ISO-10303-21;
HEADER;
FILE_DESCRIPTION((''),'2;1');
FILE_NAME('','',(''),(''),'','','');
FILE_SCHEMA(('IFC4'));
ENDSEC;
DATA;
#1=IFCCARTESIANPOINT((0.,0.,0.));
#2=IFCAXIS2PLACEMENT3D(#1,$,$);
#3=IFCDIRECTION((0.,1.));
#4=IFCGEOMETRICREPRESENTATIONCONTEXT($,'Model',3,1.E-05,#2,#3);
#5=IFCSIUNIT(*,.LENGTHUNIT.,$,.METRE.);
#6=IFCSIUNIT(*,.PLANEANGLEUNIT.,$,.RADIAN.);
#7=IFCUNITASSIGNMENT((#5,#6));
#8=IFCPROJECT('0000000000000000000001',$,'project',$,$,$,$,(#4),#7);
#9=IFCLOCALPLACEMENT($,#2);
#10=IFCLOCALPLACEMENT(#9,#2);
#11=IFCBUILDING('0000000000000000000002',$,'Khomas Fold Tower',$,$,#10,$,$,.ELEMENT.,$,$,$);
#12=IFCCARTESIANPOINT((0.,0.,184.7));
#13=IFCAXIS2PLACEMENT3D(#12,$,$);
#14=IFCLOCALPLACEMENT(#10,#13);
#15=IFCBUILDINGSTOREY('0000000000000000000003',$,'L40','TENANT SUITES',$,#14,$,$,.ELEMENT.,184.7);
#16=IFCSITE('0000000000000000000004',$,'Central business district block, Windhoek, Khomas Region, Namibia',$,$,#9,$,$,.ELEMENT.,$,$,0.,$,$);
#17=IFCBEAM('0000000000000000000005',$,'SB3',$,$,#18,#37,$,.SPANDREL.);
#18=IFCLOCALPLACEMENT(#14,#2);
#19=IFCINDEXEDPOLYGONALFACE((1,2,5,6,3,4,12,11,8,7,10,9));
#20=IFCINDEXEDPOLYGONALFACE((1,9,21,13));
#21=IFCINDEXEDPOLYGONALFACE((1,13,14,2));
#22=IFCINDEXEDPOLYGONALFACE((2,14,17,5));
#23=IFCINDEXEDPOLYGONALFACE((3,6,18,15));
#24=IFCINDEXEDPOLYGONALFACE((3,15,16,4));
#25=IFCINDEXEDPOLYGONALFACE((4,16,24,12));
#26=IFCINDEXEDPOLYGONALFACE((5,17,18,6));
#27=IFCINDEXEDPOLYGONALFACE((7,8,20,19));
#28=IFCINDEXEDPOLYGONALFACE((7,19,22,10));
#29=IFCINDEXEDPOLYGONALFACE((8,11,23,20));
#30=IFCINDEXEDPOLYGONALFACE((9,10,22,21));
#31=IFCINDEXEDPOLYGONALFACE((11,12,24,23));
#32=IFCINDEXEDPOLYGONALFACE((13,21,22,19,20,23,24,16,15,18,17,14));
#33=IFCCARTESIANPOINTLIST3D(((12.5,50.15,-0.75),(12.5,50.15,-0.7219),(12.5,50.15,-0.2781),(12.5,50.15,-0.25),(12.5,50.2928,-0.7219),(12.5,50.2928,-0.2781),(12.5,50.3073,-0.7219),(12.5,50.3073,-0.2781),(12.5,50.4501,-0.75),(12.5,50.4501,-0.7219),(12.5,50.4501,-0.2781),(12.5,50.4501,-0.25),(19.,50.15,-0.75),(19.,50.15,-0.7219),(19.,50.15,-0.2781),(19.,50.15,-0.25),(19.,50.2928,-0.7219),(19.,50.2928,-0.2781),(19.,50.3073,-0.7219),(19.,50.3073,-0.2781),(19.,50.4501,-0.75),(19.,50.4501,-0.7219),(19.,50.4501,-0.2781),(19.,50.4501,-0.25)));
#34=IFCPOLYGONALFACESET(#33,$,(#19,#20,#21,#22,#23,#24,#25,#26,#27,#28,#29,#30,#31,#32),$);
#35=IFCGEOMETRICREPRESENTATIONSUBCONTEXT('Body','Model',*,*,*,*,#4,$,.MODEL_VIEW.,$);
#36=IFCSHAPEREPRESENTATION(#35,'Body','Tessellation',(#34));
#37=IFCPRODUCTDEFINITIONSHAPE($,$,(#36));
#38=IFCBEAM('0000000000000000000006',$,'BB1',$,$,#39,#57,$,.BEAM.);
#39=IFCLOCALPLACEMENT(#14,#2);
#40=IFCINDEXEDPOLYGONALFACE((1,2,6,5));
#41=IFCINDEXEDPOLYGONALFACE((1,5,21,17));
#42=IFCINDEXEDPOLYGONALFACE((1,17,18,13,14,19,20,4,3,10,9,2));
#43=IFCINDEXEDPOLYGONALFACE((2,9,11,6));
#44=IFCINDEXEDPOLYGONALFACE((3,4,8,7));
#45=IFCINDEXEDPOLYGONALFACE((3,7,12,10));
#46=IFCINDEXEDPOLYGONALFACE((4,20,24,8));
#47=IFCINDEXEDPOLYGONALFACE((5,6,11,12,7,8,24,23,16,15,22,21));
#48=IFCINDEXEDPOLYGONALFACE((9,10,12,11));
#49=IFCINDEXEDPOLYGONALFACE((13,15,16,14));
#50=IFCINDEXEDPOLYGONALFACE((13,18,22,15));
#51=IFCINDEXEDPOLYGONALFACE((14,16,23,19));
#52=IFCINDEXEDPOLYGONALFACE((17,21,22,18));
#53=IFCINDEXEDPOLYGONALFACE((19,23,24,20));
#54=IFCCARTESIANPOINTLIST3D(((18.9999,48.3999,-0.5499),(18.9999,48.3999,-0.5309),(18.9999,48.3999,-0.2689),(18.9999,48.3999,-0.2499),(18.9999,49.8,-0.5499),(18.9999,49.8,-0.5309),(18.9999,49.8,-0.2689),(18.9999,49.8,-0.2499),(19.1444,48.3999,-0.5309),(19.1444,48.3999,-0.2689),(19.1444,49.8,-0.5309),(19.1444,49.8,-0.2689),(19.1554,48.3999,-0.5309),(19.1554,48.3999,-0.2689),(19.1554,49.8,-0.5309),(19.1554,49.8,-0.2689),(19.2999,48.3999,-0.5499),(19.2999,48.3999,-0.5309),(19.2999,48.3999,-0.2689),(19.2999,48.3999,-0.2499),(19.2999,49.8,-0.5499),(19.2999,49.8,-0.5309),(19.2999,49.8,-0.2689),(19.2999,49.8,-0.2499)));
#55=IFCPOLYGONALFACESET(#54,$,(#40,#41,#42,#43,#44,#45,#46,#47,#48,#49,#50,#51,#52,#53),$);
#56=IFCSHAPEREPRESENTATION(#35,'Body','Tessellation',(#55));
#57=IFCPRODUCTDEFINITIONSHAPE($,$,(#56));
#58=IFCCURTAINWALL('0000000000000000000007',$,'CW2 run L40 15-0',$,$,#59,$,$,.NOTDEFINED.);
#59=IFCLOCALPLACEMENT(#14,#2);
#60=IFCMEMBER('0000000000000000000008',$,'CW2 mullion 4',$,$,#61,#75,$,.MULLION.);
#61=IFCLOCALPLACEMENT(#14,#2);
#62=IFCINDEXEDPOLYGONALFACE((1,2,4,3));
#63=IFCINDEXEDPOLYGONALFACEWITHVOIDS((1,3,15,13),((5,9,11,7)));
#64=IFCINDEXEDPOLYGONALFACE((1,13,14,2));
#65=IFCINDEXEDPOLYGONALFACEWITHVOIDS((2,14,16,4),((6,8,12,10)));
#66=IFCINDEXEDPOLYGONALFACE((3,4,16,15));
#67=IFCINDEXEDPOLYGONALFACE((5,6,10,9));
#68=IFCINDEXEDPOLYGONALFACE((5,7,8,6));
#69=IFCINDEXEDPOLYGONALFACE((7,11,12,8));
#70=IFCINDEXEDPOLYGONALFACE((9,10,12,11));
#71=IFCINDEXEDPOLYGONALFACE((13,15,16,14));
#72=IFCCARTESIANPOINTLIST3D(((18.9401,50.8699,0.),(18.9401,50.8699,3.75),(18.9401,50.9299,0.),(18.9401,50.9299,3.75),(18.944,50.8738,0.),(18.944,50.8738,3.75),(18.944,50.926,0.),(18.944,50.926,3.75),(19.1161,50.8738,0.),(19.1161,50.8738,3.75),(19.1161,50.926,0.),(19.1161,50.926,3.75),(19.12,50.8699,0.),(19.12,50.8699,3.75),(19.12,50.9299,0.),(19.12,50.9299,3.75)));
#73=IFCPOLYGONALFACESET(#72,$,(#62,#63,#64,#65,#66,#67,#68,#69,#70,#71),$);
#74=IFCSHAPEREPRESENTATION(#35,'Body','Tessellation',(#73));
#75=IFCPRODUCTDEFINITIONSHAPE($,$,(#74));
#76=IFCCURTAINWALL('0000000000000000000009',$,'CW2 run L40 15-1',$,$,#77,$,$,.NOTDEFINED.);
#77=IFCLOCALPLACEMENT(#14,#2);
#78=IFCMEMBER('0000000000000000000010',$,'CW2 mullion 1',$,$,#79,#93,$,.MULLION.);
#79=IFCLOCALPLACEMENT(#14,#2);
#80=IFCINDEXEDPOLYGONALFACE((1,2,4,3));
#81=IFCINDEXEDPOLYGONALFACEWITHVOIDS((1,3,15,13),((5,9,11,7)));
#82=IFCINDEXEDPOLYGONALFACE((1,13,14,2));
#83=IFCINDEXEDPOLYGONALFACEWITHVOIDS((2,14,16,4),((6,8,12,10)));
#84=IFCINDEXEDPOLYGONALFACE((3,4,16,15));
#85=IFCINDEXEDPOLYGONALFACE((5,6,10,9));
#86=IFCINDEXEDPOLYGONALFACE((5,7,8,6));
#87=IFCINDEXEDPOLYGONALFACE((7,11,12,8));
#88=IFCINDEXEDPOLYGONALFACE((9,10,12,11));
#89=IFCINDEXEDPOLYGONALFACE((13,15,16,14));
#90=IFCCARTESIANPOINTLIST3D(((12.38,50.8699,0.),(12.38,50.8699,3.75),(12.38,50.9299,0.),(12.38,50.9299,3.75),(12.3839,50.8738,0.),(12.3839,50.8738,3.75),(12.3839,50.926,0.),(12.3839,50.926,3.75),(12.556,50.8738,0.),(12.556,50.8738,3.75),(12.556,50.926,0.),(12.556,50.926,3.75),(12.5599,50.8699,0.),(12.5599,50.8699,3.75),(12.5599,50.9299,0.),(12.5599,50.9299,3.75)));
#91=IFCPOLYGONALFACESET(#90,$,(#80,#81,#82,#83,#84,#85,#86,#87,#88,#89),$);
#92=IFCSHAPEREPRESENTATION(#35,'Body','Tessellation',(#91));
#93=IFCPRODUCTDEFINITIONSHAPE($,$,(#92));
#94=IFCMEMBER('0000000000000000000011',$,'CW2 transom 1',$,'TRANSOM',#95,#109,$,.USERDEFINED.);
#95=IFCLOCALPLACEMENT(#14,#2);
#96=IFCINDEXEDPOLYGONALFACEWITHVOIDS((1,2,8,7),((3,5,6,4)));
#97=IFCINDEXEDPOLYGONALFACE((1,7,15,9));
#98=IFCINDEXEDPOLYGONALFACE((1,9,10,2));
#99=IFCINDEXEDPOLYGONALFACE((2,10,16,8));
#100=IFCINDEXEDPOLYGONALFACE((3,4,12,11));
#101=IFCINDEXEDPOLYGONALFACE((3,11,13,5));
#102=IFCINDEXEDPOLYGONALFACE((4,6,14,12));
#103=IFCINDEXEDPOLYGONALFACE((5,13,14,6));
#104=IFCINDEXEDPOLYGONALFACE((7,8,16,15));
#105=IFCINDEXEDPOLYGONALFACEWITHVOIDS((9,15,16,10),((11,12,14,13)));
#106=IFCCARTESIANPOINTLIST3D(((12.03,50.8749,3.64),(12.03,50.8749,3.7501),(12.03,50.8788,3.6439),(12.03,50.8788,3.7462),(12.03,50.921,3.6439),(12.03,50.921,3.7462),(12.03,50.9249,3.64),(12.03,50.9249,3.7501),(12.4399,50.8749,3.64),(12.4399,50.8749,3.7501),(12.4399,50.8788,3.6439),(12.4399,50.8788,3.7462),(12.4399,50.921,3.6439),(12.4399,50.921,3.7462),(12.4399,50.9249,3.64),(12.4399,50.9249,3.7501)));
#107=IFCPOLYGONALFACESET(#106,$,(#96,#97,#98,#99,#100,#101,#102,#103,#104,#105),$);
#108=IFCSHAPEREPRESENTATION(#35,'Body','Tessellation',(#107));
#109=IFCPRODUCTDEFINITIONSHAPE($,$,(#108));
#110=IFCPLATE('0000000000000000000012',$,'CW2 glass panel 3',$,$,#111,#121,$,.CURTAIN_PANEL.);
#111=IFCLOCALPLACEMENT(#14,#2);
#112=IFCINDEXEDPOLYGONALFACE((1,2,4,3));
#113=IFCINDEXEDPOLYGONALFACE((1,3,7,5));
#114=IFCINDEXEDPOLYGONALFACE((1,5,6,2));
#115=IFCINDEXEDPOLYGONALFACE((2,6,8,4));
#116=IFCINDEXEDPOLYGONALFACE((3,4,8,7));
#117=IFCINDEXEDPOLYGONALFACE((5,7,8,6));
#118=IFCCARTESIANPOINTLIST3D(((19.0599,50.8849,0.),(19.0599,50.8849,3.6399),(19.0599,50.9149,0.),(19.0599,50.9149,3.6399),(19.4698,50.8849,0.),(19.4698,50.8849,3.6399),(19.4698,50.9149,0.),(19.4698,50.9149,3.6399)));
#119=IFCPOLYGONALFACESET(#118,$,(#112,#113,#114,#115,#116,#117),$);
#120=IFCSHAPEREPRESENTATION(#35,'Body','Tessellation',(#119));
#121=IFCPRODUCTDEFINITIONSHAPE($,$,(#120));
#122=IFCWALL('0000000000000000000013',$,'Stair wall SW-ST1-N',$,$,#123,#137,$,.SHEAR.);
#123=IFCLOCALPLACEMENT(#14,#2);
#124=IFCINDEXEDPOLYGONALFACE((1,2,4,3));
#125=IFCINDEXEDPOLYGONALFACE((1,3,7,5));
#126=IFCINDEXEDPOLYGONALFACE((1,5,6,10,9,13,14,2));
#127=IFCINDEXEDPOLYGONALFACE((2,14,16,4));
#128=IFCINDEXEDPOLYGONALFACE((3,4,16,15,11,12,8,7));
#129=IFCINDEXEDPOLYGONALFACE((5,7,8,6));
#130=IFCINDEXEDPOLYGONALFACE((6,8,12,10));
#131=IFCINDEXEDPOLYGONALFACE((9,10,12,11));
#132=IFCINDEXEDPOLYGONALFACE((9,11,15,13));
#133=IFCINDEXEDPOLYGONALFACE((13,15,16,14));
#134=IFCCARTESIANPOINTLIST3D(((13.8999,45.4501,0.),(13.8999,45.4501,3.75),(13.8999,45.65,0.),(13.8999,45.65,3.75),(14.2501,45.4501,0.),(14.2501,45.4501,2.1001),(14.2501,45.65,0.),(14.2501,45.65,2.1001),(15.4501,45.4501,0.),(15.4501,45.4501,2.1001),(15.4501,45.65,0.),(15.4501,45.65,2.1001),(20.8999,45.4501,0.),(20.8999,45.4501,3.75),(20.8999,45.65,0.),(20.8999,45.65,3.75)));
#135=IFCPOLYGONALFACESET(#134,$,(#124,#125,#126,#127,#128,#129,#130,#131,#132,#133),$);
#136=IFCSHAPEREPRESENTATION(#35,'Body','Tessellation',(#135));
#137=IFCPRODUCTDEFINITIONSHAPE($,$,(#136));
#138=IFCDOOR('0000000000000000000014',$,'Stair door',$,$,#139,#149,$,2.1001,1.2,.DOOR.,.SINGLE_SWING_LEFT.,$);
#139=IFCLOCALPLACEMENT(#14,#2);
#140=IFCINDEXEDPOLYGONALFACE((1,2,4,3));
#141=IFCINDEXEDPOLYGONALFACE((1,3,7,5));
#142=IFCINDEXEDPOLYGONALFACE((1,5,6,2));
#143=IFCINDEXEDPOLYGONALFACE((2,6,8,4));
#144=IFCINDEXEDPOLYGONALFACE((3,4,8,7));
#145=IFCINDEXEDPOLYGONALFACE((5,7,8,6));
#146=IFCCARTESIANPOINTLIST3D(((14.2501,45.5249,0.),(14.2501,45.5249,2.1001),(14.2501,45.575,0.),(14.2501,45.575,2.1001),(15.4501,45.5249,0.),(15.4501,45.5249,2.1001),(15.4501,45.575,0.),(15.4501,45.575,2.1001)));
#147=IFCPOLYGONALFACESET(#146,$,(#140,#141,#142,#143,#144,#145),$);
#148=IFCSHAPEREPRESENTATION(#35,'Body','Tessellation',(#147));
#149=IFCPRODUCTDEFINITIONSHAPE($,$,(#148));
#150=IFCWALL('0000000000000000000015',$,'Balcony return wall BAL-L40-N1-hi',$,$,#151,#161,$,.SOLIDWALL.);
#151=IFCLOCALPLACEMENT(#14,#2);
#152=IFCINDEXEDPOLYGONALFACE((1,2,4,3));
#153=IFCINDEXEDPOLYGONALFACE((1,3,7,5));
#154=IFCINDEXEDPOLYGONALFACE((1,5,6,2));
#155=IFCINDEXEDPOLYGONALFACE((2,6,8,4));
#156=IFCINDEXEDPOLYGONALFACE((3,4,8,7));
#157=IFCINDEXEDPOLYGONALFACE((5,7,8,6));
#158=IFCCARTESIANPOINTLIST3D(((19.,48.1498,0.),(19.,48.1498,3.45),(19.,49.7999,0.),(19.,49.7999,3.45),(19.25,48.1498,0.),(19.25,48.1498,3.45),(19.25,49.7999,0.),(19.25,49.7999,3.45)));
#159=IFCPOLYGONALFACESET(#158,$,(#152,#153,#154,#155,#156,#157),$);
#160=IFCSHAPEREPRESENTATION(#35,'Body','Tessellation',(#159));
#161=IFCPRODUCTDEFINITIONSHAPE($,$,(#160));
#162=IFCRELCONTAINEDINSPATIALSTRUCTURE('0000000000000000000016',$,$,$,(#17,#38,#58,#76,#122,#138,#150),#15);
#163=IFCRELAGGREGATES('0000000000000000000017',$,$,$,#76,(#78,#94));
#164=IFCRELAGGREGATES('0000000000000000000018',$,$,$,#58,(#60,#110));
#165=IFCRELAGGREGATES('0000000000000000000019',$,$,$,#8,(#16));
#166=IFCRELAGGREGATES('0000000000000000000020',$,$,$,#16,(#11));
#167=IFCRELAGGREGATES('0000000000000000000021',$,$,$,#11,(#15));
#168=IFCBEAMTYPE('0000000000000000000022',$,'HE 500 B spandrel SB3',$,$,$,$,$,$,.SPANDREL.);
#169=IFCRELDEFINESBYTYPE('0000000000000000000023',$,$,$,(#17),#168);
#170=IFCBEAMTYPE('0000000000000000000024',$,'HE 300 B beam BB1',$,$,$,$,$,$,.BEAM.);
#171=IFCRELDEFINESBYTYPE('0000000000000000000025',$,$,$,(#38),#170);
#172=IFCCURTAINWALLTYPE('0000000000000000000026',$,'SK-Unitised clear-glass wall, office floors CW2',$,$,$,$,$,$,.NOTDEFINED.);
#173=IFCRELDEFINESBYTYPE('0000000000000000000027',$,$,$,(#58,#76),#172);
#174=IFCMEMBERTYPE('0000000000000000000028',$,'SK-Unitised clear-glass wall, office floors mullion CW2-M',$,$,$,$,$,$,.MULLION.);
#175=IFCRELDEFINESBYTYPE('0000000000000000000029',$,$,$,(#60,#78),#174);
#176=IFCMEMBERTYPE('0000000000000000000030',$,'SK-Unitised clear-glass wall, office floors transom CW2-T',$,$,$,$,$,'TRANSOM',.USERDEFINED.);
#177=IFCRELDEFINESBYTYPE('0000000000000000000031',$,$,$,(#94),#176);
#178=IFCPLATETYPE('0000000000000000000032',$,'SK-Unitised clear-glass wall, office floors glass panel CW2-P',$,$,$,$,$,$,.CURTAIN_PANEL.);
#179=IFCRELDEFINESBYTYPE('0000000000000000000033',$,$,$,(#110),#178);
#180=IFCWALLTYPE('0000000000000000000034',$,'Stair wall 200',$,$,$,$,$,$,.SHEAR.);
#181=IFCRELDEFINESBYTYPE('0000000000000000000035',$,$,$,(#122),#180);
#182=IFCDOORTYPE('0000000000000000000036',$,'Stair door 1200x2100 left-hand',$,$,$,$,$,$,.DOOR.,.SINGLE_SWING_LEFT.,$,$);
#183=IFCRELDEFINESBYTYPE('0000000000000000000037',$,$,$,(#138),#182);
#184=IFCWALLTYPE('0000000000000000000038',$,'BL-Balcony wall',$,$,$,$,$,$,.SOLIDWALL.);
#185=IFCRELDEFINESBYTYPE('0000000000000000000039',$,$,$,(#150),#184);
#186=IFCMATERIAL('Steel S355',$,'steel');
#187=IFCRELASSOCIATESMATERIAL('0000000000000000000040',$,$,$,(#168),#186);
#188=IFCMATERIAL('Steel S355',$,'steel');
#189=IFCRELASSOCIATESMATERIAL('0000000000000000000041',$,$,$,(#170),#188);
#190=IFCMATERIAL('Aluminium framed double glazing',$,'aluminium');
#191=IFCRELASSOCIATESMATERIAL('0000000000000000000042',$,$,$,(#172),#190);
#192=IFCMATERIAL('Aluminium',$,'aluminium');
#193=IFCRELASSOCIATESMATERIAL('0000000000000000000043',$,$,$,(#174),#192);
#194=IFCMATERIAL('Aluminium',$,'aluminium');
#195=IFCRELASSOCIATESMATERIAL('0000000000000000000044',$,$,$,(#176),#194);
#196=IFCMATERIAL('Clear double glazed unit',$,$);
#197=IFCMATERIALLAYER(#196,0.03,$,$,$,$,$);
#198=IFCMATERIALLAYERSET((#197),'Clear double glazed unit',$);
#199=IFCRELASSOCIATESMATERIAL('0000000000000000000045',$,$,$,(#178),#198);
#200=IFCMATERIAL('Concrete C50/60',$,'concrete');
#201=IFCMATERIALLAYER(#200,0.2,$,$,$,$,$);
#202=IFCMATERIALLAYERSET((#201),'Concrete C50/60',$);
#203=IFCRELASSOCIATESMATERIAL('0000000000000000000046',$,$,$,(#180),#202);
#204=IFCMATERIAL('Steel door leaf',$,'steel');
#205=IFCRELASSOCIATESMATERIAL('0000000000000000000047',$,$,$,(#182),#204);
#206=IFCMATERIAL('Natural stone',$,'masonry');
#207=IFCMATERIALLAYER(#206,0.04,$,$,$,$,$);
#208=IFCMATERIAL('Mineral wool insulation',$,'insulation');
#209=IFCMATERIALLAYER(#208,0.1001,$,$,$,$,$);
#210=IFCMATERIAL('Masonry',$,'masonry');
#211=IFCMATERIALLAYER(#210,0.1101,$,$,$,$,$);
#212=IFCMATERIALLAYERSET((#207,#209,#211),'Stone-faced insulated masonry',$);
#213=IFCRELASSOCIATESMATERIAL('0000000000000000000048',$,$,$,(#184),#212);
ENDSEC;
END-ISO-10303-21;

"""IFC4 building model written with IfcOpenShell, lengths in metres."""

from ifc_helpers import new_model, si_unit, direction, frame, frame_2d, origin, origin_2d, place, context, subcontext, project, spatial, rectangle, hollow_rectangle, i_section, extrude, source, transform, mapped, material, layer, layer_set, material_profile, profile_set, type_object, element, fill, aggregate, save


model = new_model("IFC4")

# Units and contexts
model_context = context("Model", 3, precision=1e-05, world=origin(), true_north=direction((0.0, 1.0)))
body_context = subcontext(model_context, "Body", "Model", "MODEL_VIEW")
ifc_project = project(units=[si_unit("LENGTHUNIT", "METRE"), si_unit("PLANEANGLEUNIT", "RADIAN")], contexts=[model_context])

# Site, building, storey
site_placement = place(None, origin())
site = spatial("IfcSite", under=ifc_project, at=site_placement, Name="Central business district block, Windhoek, Khomas Region, Namibia", CompositionType="ELEMENT", RefElevation=0.0)
building_placement = place(site_placement, origin())
building = spatial("IfcBuilding", under=site, at=building_placement, Name="Khomas Fold Tower", CompositionType="ELEMENT")
storey_placement = place(building_placement, frame((0.0, 0.0, 184.7)))
storey = spatial("IfcBuildingStorey", under=building, at=storey_placement, Name="L40", Description="TENANT SUITES", CompositionType="ELEMENT", Elevation=184.7)

# Beams
ifc_material_1 = material(Name="Steel S355", Category="steel")
ifc_material_profile_1 = material_profile(ifc_material_1, i_section(OverallWidth=0.3, OverallDepth=0.5, WebThickness=0.0144, FlangeThickness=0.0281, at=origin_2d()), Name="HE 500 B")
ifc_profile_set_1 = profile_set([ifc_material_profile_1], Name="Steel S355")
beam_type_1 = type_object("IfcBeamType", Name="HE 500 B spandrel SB3", PredefinedType="SPANDREL", material=ifc_profile_set_1)
shared_shape_1 = source(origin(), body_context, "Body", "SweptSolid", [
    extrude(i_section(OverallWidth=0.3, OverallDepth=0.5, WebThickness=0.0144, FlangeThickness=0.0281, at=origin_2d()), origin(), (0.0, 0.0, 1.0), 6.5),
])
beam_1_placement = place(storey_placement, frame((12.5, 50.3, -0.5), z_axis=(1.0, 0.0, 0.0), x_axis=(0.0, 1.0, 0.0)))
element("IfcBeam", 1, at=beam_1_placement, inside=storey, type_object=beam_type_1, Name="SB3", PredefinedType="SPANDREL", context=body_context, shape_type="MappedRepresentation", body=[
    mapped(shared_shape_1, transform((0.0, 0.0, 0.0))),
])
ifc_material_2 = material(Name="Steel S355", Category="steel")
ifc_material_profile_2 = material_profile(ifc_material_2, i_section(OverallWidth=0.3, OverallDepth=0.3, WebThickness=0.011, FlangeThickness=0.019, at=origin_2d()), Name="HE 300 B")
ifc_profile_set_2 = profile_set([ifc_material_profile_2], Name="Steel S355")
beam_type_2 = type_object("IfcBeamType", Name="HE 300 B beam BB1", PredefinedType="BEAM", material=ifc_profile_set_2)
shared_shape_2 = source(origin(), body_context, "Body", "SweptSolid", [
    extrude(i_section(OverallWidth=0.3, OverallDepth=0.3, WebThickness=0.011, FlangeThickness=0.019, at=origin_2d()), origin(), (0.0, 0.0, 1.0), 1.4001),
])
beam_2_placement = place(storey_placement, frame((19.1499, 48.3999, -0.3999), z_axis=(0.0, 1.0, 0.0), x_axis=(-1.0, 0.0, 0.0)))
element("IfcBeam", 2, at=beam_2_placement, inside=storey, type_object=beam_type_2, Name="BB1", PredefinedType="BEAM", context=body_context, shape_type="MappedRepresentation", body=[
    mapped(shared_shape_2, transform((0.0, 0.0, 0.0))),
])

# Curtain wall, member
ifc_material_3 = material(Name="Aluminium framed double glazing", Category="aluminium")
curtain_wall_type = type_object("IfcCurtainWallType", Name="SK-Unitised clear-glass wall, office floors CW2", PredefinedType="NOTDEFINED", material=ifc_material_3)
curtain_wall_1_placement = place(storey_placement, origin())
curtain_wall_1 = element("IfcCurtainWall", 3, at=curtain_wall_1_placement, inside=storey, type_object=curtain_wall_type, Name="CW2 run L40 15-0", PredefinedType="NOTDEFINED")
ifc_material_4 = material(Name="Aluminium", Category="aluminium")
ifc_material_profile_3 = material_profile(ifc_material_4, hollow_rectangle(XDim=0.0601, YDim=0.1799, WallThickness=0.0039, at=origin_2d()), Name="SK-Unitised clear-glass wall, office floors mullion CW2-M")
ifc_profile_set_3 = profile_set([ifc_material_profile_3], Name="Aluminium")
member_type_1 = type_object("IfcMemberType", Name="SK-Unitised clear-glass wall, office floors mullion CW2-M", PredefinedType="MULLION", material=ifc_profile_set_3)
shared_shape_3 = source(origin(), body_context, "Body", "SweptSolid", [
    extrude(hollow_rectangle(XDim=0.0601, YDim=0.1799, WallThickness=0.0039, at=origin_2d()), origin(), (0.0, 0.0, 1.0), 3.75),
])
member_1_placement = place(storey_placement, frame((19.03, 50.8999, 0.0), z_axis=(0.0, 0.0, 1.0), x_axis=(0.0, -1.0, 0.0)))
member_1 = element("IfcMember", 4, at=member_1_placement, type_object=member_type_1, Name="CW2 mullion 4", PredefinedType="MULLION", context=body_context, shape_type="MappedRepresentation", body=[
    mapped(shared_shape_3, transform((0.0, 0.0, 0.0))),
])

# Curtain wall, members
curtain_wall_2_placement = place(storey_placement, origin())
curtain_wall_2 = element("IfcCurtainWall", 5, at=curtain_wall_2_placement, inside=storey, type_object=curtain_wall_type, Name="CW2 run L40 15-1", PredefinedType="NOTDEFINED")
member_2_placement = place(storey_placement, frame((12.47, 50.8999, 0.0), z_axis=(0.0, 0.0, 1.0), x_axis=(0.0, -1.0, 0.0)))
member_2 = element("IfcMember", 6, at=member_2_placement, type_object=member_type_1, Name="CW2 mullion 1", PredefinedType="MULLION", context=body_context, shape_type="MappedRepresentation", body=[
    mapped(shared_shape_3, transform((0.0, 0.0, 0.0))),
])
ifc_material_5 = material(Name="Aluminium", Category="aluminium")
ifc_material_profile_4 = material_profile(ifc_material_5, hollow_rectangle(XDim=0.05, YDim=0.1101, WallThickness=0.0039, at=origin_2d()), Name="SK-Unitised clear-glass wall, office floors transom CW2-T")
ifc_profile_set_4 = profile_set([ifc_material_profile_4], Name="Aluminium")
member_type_2 = type_object("IfcMemberType", Name="SK-Unitised clear-glass wall, office floors transom CW2-T", ElementType="TRANSOM", PredefinedType="USERDEFINED", material=ifc_profile_set_4)
shared_shape_4 = source(origin(), body_context, "Body", "SweptSolid", [
    extrude(hollow_rectangle(XDim=0.05, YDim=0.1101, WallThickness=0.0039, at=origin_2d()), origin(), (0.0, 0.0, 1.0), 0.4099),
])
member_3_placement = place(storey_placement, frame((12.4399, 50.8999, 3.6951), z_axis=(-1.0, 0.0, 0.0), x_axis=(0.0, -1.0, 0.0)))
member_3 = element("IfcMember", 7, at=member_3_placement, type_object=member_type_2, Name="CW2 transom 1", ObjectType="TRANSOM", PredefinedType="USERDEFINED", context=body_context, shape_type="MappedRepresentation", body=[
    mapped(shared_shape_4, transform((0.0, 0.0, 0.0))),
])
aggregate(curtain_wall_2, [member_2, member_3])

# Plate
ifc_material_6 = material(Name="Clear double glazed unit")
ifc_layer_1 = layer(ifc_material_6, 0.03)
ifc_layer_set_1 = layer_set([ifc_layer_1], Name="Clear double glazed unit")
plate_type = type_object("IfcPlateType", Name="SK-Unitised clear-glass wall, office floors glass panel CW2-P", PredefinedType="CURTAIN_PANEL", material=ifc_layer_set_1)
shared_shape_5 = source(origin(), body_context, "Body", "SweptSolid", [
    extrude(rectangle(XDim=0.4099, YDim=0.03, at=origin_2d()), origin(), (0.0, 0.0, 1.0), 3.6399),
])
plate_placement = place(storey_placement, frame((19.2649, 50.8999, 0.0), z_axis=(0.0, 0.0, 1.0), x_axis=(-1.0, 0.0, 0.0)))
plate = element("IfcPlate", 8, at=plate_placement, type_object=plate_type, Name="CW2 glass panel 3", PredefinedType="CURTAIN_PANEL", context=body_context, shape_type="MappedRepresentation", body=[
    mapped(shared_shape_5, transform((0.0, 0.0, 0.0))),
])
aggregate(curtain_wall_1, [member_1, plate])

# Wall, opening, door
ifc_material_7 = material(Name="Concrete C50/60", Category="concrete")
ifc_layer_2 = layer(ifc_material_7, 0.2)
ifc_layer_set_2 = layer_set([ifc_layer_2], Name="Concrete C50/60")
wall_type_1 = type_object("IfcWallType", Name="Stair wall 200", PredefinedType="SHEAR", material=ifc_layer_set_2)
shared_shape_6 = source(origin(), body_context, "Body", "SweptSolid", [
    extrude(rectangle(XDim=7.0, YDim=0.2, at=frame_2d((3.5, 0.0))), origin(), (0.0, 0.0, 1.0), 3.75),
])
wall_1_placement = place(storey_placement, frame((13.8999, 45.55, 0.0), z_axis=(0.0, 0.0, 1.0), x_axis=(1.0, 0.0, 0.0)))
wall_1 = element("IfcWall", 9, at=wall_1_placement, inside=storey, type_object=wall_type_1, Name="Stair wall SW-ST1-N", PredefinedType="SHEAR", context=body_context, shape_type="MappedRepresentation", body=[
    mapped(shared_shape_6, transform((0.0, 0.0, 0.0))),
])
shared_shape_7 = source(origin(), body_context, "Body", "SweptSolid", [
    extrude(rectangle(XDim=1.2, YDim=2.1001, at=frame_2d((0.6001, 1.05))), frame((0.0, 0.1099, 0.0), z_axis=(0.0, -1.0, 0.0), x_axis=(1.0, 0.0, 0.0)), (0.0, 0.0, 1.0), 0.22),
])
opening_1_placement = place(wall_1_placement, frame((0.3501, 0.0, 0.0)))
opening_1 = element("IfcOpeningElement", 10, at=opening_1_placement, cuts=wall_1, PredefinedType="OPENING", context=body_context, shape_type="MappedRepresentation", body=[
    mapped(shared_shape_7, transform((0.0, 0.0, 0.0))),
])
ifc_material_8 = material(Name="Steel door leaf", Category="steel")
door_type_1 = type_object("IfcDoorType", Name="Stair door 1200x2100 left-hand", OperationType="SINGLE_SWING_LEFT", PredefinedType="DOOR", material=ifc_material_8)
shared_shape_8 = source(origin(), body_context, "Body", "SweptSolid", [
    extrude(rectangle(XDim=1.2, YDim=2.1001, at=frame_2d((0.6001, 1.05))), frame((0.0, 0.0249, 0.0), z_axis=(0.0, -1.0, 0.0), x_axis=(1.0, 0.0, 0.0)), (0.0, 0.0, 1.0), 0.05),
])
door_1_placement = place(opening_1_placement, origin())
door_1 = element("IfcDoor", 11, at=door_1_placement, inside=storey, type_object=door_type_1, Name="Stair door", OperationType="SINGLE_SWING_LEFT", OverallHeight=2.1001, OverallWidth=1.2, PredefinedType="DOOR", context=body_context, shape_type="MappedRepresentation", body=[
    mapped(shared_shape_8, transform((0.0, 0.0, 0.0))),
])
fill(opening_1, door_1)

# Shared definitions
ifc_material_9 = material(Name="Natural stone", Category="masonry")
ifc_layer_3 = layer(ifc_material_9, 0.04)
ifc_material_10 = material(Name="Mineral wool insulation", Category="insulation")
ifc_layer_4 = layer(ifc_material_10, 0.1001)
ifc_material_11 = material(Name="Masonry", Category="masonry")
ifc_layer_5 = layer(ifc_material_11, 0.1101)
ifc_layer_set_3 = layer_set([ifc_layer_3, ifc_layer_4, ifc_layer_5], Name="Stone-faced insulated masonry")
wall_type_2 = type_object("IfcWallType", Name="BL-Balcony wall", PredefinedType="SOLIDWALL", material=ifc_layer_set_3)

# Wall
shared_shape_9 = source(origin(), body_context, "Body", "SweptSolid", [
    extrude(rectangle(XDim=1.6501, YDim=0.25, at=frame_2d((0.8252, 0.0))), origin(), (0.0, 0.0, 1.0), 3.45),
])
wall_2_placement = place(storey_placement, frame((19.125, 49.8, 0.0), z_axis=(0.0, 0.0, 1.0), x_axis=(0.0, -1.0, 0.0)))
element("IfcWall", 12, at=wall_2_placement, inside=storey, type_object=wall_type_2, Name="Balcony return wall BAL-L40-N1-hi", PredefinedType="SOLIDWALL", context=body_context, shape_type="MappedRepresentation", body=[
    mapped(shared_shape_9, transform((0.0, 0.0, 0.0))),
])

save(model, "model.ifc")
